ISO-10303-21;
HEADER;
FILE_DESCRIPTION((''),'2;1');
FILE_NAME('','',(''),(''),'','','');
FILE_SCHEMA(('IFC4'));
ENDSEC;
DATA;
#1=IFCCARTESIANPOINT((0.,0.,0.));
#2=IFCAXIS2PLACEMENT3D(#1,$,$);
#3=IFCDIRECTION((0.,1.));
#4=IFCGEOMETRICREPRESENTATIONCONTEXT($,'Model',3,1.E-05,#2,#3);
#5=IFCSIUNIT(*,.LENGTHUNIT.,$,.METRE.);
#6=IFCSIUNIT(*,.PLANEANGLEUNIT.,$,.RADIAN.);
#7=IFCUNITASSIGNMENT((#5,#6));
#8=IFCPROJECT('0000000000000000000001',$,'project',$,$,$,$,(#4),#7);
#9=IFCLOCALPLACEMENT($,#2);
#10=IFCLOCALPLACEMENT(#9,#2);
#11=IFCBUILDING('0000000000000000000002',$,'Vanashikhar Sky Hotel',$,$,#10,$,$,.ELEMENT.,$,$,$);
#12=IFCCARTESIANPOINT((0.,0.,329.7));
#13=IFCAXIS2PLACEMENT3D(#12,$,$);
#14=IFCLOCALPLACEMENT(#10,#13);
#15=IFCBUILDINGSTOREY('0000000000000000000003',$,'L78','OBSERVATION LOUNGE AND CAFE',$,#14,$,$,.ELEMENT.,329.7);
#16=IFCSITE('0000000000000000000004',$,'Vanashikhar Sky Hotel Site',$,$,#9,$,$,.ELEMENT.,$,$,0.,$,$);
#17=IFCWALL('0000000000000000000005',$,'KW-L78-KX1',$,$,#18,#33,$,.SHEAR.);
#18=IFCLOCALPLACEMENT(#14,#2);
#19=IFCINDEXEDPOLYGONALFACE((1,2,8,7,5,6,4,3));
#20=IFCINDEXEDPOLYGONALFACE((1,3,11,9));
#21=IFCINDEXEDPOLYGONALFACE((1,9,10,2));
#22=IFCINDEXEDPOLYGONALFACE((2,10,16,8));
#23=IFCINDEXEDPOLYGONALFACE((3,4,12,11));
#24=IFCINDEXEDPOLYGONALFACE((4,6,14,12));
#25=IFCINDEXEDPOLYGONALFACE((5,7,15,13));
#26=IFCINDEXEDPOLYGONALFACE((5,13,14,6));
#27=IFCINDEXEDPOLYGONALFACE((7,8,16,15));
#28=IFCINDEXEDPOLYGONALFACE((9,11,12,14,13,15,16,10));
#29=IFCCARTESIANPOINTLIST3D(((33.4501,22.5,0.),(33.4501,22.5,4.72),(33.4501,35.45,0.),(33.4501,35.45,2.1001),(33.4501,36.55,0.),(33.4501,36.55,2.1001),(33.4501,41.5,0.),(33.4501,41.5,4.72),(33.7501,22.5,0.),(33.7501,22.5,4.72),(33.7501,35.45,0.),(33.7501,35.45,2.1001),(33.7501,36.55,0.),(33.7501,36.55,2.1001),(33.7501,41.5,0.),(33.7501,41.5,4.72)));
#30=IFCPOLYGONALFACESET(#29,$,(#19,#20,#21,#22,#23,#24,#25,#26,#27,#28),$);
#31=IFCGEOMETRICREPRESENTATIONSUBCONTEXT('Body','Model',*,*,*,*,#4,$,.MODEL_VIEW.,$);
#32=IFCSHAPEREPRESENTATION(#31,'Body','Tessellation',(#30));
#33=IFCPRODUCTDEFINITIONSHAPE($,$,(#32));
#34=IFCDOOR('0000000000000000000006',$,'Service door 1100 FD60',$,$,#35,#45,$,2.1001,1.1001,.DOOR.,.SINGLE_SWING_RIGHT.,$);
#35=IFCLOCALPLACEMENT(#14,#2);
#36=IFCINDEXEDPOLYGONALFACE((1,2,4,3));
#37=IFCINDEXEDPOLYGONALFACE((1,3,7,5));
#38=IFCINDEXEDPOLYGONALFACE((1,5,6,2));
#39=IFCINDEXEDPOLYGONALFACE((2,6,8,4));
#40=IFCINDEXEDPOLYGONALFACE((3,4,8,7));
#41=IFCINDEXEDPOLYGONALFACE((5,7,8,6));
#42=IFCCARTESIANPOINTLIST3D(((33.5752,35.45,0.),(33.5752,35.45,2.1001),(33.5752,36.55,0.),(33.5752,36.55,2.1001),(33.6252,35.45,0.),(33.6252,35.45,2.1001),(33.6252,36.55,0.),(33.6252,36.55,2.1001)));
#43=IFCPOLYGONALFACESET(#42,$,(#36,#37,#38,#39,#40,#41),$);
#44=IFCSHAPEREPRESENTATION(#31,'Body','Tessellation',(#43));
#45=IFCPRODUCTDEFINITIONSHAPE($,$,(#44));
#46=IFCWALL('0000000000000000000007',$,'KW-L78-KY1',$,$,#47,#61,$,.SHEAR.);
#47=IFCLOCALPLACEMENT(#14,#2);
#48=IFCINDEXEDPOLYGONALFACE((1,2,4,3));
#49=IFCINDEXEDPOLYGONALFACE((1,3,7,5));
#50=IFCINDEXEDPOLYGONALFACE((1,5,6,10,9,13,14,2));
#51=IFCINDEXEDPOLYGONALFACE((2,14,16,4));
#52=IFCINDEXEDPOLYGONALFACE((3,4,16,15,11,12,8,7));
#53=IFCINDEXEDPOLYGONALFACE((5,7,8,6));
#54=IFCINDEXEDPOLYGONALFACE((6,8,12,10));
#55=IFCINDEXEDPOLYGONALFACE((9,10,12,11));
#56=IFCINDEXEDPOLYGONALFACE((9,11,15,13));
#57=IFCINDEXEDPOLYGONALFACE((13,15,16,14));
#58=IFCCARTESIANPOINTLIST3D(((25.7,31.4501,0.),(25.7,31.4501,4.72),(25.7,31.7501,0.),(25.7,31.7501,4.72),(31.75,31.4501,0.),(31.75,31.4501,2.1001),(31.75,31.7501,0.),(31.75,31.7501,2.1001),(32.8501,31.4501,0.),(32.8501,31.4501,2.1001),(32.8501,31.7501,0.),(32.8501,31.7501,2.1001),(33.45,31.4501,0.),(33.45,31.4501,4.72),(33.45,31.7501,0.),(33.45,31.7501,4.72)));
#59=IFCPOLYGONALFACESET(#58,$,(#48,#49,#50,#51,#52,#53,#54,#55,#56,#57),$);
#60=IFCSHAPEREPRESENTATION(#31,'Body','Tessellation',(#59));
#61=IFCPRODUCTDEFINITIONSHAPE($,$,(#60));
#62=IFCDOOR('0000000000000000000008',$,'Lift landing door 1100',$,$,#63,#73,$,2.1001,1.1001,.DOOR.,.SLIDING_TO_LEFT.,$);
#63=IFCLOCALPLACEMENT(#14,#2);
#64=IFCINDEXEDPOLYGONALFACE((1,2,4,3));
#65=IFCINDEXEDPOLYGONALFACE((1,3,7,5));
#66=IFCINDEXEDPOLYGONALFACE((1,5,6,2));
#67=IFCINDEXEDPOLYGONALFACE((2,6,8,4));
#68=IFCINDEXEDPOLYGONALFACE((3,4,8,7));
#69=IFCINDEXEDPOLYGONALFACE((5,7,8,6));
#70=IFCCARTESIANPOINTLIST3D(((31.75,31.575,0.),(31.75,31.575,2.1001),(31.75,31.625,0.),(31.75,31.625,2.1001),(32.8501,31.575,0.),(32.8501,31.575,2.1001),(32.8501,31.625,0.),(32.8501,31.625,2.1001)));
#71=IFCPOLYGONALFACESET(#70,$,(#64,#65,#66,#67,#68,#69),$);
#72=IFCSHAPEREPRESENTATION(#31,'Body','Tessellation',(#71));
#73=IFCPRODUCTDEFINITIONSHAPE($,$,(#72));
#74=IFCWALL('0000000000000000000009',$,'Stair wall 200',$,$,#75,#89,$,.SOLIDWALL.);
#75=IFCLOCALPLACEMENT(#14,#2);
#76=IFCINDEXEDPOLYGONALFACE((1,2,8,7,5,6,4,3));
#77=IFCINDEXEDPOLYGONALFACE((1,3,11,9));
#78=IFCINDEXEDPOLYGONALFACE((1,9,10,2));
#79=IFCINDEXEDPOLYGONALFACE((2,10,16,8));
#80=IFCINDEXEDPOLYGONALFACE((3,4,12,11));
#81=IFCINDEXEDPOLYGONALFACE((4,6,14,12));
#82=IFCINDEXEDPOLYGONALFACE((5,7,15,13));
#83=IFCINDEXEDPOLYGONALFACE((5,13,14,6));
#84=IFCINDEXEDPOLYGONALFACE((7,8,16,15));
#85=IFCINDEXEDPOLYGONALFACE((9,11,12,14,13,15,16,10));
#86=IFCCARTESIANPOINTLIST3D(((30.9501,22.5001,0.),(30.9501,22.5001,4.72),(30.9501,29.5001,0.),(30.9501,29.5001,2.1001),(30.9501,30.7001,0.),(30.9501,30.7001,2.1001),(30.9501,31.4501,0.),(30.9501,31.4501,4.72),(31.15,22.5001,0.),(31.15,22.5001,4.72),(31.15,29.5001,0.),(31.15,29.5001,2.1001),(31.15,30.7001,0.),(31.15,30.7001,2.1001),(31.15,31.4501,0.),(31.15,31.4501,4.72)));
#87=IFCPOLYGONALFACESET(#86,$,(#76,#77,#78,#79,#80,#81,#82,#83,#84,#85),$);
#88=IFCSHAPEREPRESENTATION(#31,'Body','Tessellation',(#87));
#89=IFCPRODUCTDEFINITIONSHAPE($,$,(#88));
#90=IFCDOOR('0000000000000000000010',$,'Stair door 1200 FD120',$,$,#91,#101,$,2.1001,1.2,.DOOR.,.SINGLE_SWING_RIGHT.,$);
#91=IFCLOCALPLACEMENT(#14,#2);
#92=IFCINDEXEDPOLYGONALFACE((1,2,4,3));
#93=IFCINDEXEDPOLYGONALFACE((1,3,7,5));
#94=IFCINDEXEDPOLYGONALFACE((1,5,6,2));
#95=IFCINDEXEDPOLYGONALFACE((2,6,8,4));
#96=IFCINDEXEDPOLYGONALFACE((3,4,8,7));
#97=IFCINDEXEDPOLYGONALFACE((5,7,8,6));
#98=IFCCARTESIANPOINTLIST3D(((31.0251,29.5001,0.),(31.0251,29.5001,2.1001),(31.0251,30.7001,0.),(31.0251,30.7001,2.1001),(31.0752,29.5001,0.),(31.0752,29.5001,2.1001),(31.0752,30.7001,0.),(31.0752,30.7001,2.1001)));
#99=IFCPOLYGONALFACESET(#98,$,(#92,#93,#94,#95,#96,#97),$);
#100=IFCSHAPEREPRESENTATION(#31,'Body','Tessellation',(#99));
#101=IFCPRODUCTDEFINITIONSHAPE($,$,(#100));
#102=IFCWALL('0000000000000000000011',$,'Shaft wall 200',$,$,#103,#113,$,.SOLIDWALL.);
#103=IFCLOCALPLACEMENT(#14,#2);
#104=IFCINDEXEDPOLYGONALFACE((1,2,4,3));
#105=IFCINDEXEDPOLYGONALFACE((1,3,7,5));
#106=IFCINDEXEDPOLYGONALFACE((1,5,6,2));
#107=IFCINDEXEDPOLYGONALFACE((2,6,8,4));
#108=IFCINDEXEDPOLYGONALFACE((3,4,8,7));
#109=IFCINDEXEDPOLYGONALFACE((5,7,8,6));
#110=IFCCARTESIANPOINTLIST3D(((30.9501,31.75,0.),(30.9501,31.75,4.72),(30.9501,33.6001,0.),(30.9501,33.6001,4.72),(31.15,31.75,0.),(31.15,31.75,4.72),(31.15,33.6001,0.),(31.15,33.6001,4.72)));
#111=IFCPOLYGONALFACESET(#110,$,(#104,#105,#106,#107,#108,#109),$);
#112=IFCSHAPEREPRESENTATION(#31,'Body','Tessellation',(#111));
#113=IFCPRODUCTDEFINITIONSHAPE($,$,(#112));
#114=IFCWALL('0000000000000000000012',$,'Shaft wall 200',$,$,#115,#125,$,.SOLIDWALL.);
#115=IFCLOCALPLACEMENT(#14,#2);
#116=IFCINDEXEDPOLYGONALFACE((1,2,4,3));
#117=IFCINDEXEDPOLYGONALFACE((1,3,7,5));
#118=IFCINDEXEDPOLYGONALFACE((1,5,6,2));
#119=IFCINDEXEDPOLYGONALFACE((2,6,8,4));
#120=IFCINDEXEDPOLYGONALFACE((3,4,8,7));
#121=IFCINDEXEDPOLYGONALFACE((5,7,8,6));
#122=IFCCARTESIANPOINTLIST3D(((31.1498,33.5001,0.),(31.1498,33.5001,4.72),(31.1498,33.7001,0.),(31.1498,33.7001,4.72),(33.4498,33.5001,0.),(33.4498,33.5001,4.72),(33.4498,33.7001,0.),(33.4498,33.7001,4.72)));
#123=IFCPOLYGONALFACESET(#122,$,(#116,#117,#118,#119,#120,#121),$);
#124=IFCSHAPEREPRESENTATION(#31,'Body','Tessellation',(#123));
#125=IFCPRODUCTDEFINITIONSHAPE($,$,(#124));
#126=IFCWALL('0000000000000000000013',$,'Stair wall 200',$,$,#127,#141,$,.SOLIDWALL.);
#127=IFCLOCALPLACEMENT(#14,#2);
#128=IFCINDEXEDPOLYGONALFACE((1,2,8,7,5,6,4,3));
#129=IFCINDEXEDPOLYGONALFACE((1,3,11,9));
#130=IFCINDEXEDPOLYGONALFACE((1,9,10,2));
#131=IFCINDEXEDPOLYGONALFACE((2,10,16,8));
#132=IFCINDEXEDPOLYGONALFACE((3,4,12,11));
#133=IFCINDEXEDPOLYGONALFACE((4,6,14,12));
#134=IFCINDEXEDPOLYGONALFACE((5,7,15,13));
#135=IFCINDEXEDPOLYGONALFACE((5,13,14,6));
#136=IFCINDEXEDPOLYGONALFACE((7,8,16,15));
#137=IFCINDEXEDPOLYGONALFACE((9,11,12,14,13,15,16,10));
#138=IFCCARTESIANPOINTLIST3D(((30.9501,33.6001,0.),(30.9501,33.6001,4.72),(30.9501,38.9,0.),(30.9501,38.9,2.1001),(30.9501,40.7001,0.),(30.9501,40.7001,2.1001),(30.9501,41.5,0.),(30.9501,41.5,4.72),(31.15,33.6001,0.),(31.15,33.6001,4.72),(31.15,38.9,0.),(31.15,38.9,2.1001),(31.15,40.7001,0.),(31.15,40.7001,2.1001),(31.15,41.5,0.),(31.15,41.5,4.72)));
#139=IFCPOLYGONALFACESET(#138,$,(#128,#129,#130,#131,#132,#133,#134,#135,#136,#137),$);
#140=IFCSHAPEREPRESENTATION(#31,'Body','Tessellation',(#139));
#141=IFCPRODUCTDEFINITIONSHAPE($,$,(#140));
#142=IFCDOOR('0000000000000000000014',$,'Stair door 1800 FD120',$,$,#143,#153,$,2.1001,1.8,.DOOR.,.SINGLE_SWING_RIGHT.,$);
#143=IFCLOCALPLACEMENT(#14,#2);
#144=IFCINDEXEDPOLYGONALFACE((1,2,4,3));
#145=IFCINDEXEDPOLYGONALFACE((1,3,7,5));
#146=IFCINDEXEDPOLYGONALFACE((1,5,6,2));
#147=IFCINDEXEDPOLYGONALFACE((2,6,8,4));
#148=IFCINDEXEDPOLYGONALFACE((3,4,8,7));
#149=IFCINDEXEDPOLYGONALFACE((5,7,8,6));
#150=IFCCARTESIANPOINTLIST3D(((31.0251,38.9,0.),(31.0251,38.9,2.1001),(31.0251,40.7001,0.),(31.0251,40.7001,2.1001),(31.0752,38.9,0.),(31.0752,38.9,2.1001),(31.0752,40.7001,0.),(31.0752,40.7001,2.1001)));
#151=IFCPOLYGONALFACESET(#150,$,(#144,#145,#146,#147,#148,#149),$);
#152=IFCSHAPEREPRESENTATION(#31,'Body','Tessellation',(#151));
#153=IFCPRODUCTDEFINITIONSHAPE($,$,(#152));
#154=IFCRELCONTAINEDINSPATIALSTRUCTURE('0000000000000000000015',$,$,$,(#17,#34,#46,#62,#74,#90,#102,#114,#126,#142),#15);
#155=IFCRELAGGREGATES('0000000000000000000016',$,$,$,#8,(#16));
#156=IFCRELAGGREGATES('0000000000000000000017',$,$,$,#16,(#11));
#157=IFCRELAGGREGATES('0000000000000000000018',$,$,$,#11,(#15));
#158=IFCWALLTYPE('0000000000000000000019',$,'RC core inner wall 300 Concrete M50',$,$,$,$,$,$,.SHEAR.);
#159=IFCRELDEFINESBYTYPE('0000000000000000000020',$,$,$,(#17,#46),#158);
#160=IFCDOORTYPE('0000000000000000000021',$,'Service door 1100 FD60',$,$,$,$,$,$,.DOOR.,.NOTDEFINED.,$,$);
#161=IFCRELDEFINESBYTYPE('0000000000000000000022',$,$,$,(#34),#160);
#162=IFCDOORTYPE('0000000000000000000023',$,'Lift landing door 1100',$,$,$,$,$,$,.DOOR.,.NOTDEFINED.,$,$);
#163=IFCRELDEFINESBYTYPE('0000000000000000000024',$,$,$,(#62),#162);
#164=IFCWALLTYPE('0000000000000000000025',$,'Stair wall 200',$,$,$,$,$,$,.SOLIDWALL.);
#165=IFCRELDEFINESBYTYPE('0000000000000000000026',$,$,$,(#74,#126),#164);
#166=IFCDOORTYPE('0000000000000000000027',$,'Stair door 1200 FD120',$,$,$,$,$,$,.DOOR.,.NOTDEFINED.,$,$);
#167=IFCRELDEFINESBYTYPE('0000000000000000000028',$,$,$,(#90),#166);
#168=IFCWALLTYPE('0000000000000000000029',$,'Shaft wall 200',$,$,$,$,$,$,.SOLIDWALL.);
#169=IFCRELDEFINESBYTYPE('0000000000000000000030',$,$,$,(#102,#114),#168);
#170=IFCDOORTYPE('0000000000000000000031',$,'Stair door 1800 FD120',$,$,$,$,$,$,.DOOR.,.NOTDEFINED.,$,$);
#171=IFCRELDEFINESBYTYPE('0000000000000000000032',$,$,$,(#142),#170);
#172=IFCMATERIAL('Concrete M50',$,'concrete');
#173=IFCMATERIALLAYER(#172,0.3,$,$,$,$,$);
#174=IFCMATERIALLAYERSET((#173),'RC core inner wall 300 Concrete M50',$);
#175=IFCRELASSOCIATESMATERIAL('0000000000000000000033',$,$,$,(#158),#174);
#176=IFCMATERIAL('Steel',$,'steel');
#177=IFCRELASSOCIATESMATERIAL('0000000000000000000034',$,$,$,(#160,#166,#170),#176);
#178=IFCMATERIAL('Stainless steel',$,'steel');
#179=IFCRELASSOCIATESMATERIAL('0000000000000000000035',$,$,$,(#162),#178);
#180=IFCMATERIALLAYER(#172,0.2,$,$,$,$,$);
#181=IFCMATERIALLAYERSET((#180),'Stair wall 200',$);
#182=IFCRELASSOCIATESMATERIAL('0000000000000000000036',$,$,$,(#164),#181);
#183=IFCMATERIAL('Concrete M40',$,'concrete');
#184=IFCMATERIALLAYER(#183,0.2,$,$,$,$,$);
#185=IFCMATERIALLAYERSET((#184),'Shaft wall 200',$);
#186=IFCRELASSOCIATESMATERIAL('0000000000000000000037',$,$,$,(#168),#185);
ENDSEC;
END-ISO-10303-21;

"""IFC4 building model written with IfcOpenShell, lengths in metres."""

from ifc_helpers import new_model, si_unit, direction, frame, frame_2d, origin, place, context, subcontext, project, spatial, rectangle, extrude, source, transform, mapped, material, layer, layer_set, type_object, element, fill, save


model = new_model("IFC4")

# Units and contexts
model_context = context("Model", 3, precision=1e-05, world=origin(), true_north=direction((0.0, 1.0)))
body_context = subcontext(model_context, "Body", "Model", "MODEL_VIEW")
ifc_project = project(units=[si_unit("LENGTHUNIT", "METRE"), si_unit("PLANEANGLEUNIT", "RADIAN")], contexts=[model_context])

# Site, building, storey
site_placement = place(None, origin())
site = spatial("IfcSite", under=ifc_project, at=site_placement, Name="Vanashikhar Sky Hotel Site", CompositionType="ELEMENT", RefElevation=0.0)
building_placement = place(site_placement, origin())
building = spatial("IfcBuilding", under=site, at=building_placement, Name="Vanashikhar Sky Hotel", CompositionType="ELEMENT")
storey_placement = place(building_placement, frame((0.0, 0.0, 329.7)))
storey = spatial("IfcBuildingStorey", under=building, at=storey_placement, Name="L78", Description="OBSERVATION LOUNGE AND CAFE", CompositionType="ELEMENT", Elevation=329.7)

# Shared definitions
ifc_material_1 = material(Name="Concrete M50", Category="concrete")

# Walls, openings, doors
ifc_layer_1 = layer(ifc_material_1, 0.3)
ifc_layer_set_1 = layer_set([ifc_layer_1], Name="RC core inner wall 300 Concrete M50")
wall_type_1 = type_object("IfcWallType", Name="RC core inner wall 300 Concrete M50", PredefinedType="SHEAR", material=ifc_layer_set_1)
shared_shape_1 = source(origin(), body_context, "Body", "SweptSolid", [
    extrude(rectangle(XDim=19.0, YDim=0.3, at=frame_2d((9.5, 0.0))), origin(), (0.0, 0.0, 1.0), 4.72),
])
wall_1_placement = place(storey_placement, frame((33.6001, 22.5, 0.0), z_axis=(0.0, 0.0, 1.0), x_axis=(0.0, 1.0, 0.0)))
wall_1 = element("IfcWall", 1, at=wall_1_placement, inside=storey, type_object=wall_type_1, Name="KW-L78-KX1", PredefinedType="SHEAR", context=body_context, shape_type="MappedRepresentation", body=[
    mapped(shared_shape_1, transform((0.0, 0.0, 0.0), scale=1.0)),
])
shared_shape_2 = source(origin(), body_context, "Body", "SweptSolid", [
    extrude(rectangle(XDim=1.1001, YDim=2.1001, at=frame_2d((0.55, 1.05))), frame((0.0, 0.1602, 0.0), z_axis=(0.0, -1.0, 0.0), x_axis=(1.0, 0.0, 0.0)), (0.0, 0.0, 1.0), 0.3201),
])
opening_1_placement = place(wall_1_placement, frame((12.95, 0.0, 0.0)))
opening_1 = element("IfcOpeningElement", 2, at=opening_1_placement, cuts=wall_1, PredefinedType="OPENING", context=body_context, shape_type="MappedRepresentation", body=[
    mapped(shared_shape_2, transform((0.0, 0.0, 0.0), scale=1.0)),
])
ifc_material_2 = material(Name="Steel", Category="steel")
door_type_1 = type_object("IfcDoorType", Name="Service door 1100 FD60", OperationType="NOTDEFINED", PredefinedType="DOOR", material=ifc_material_2)
shared_shape_3 = source(origin(), body_context, "Body", "SweptSolid", [
    extrude(rectangle(XDim=1.1001, YDim=2.1001, at=frame_2d((0.55, 1.05))), frame((0.0, 0.0249, 0.0), z_axis=(0.0, -1.0, 0.0), x_axis=(1.0, 0.0, 0.0)), (0.0, 0.0, 1.0), 0.05),
])
door_1_placement = place(opening_1_placement, origin())
door_1 = element("IfcDoor", 3, at=door_1_placement, inside=storey, type_object=door_type_1, Name="Service door 1100 FD60", OperationType="SINGLE_SWING_RIGHT", OverallHeight=2.1001, OverallWidth=1.1001, PredefinedType="DOOR", context=body_context, shape_type="MappedRepresentation", body=[
    mapped(shared_shape_3, transform((0.0, 0.0, 0.0), scale=1.0)),
])
fill(opening_1, door_1)
shared_shape_4 = source(origin(), body_context, "Body", "SweptSolid", [
    extrude(rectangle(XDim=7.75, YDim=0.3, at=frame_2d((3.875, 0.0))), origin(), (0.0, 0.0, 1.0), 4.72),
])
wall_2_placement = place(storey_placement, frame((25.7, 31.6001, 0.0), z_axis=(0.0, 0.0, 1.0), x_axis=(1.0, 0.0, 0.0)))
wall_2 = element("IfcWall", 4, at=wall_2_placement, inside=storey, type_object=wall_type_1, Name="KW-L78-KY1", PredefinedType="SHEAR", context=body_context, shape_type="MappedRepresentation", body=[
    mapped(shared_shape_4, transform((0.0, 0.0, 0.0), scale=1.0)),
])
opening_2_placement = place(wall_2_placement, frame((6.05, 0.0, 0.0)))
opening_2 = element("IfcOpeningElement", 5, at=opening_2_placement, cuts=wall_2, PredefinedType="OPENING", context=body_context, shape_type="MappedRepresentation", body=[
    mapped(shared_shape_2, transform((0.0, 0.0, 0.0), scale=1.0)),
])
ifc_material_3 = material(Name="Stainless steel", Category="steel")
door_type_2 = type_object("IfcDoorType", Name="Lift landing door 1100", OperationType="NOTDEFINED", PredefinedType="DOOR", material=ifc_material_3)
door_2_placement = place(opening_2_placement, origin())
door_2 = element("IfcDoor", 6, at=door_2_placement, inside=storey, type_object=door_type_2, Name="Lift landing door 1100", OperationType="SLIDING_TO_LEFT", OverallHeight=2.1001, OverallWidth=1.1001, PredefinedType="DOOR", context=body_context, shape_type="MappedRepresentation", body=[
    mapped(shared_shape_3, transform((0.0, 0.0, 0.0), scale=1.0)),
])
fill(opening_2, door_2)
ifc_layer_2 = layer(ifc_material_1, 0.2)
ifc_layer_set_2 = layer_set([ifc_layer_2], Name="Stair wall 200")
wall_type_2 = type_object("IfcWallType", Name="Stair wall 200", PredefinedType="SOLIDWALL", material=ifc_layer_set_2)
shared_shape_5 = source(origin(), body_context, "Body", "SweptSolid", [
    extrude(rectangle(XDim=8.95, YDim=0.2, at=frame_2d((4.4751, 0.0))), origin(), (0.0, 0.0, 1.0), 4.72),
])
wall_3_placement = place(storey_placement, frame((31.05, 22.5, 0.0), z_axis=(0.0, 0.0, 1.0), x_axis=(0.0, 1.0, 0.0)))
wall_3 = element("IfcWall", 7, at=wall_3_placement, inside=storey, type_object=wall_type_2, Name="Stair wall 200", PredefinedType="SOLIDWALL", context=body_context, shape_type="MappedRepresentation", body=[
    mapped(shared_shape_5, transform((0.0, 0.0, 0.0), scale=1.0)),
])
shared_shape_6 = source(origin(), body_context, "Body", "SweptSolid", [
    extrude(rectangle(XDim=1.2, YDim=2.1001, at=frame_2d((0.6001, 1.05))), frame((0.0, 0.1099, 0.0), z_axis=(0.0, -1.0, 0.0), x_axis=(1.0, 0.0, 0.0)), (0.0, 0.0, 1.0), 0.22),
])
opening_3_placement = place(wall_3_placement, frame((7.0, 0.0, 0.0)))
opening_3 = element("IfcOpeningElement", 8, at=opening_3_placement, cuts=wall_3, PredefinedType="OPENING", context=body_context, shape_type="MappedRepresentation", body=[
    mapped(shared_shape_6, transform((0.0, 0.0, 0.0), scale=1.0)),
])
door_type_3 = type_object("IfcDoorType", Name="Stair door 1200 FD120", OperationType="NOTDEFINED", PredefinedType="DOOR", material=ifc_material_2)
shared_shape_7 = source(origin(), body_context, "Body", "SweptSolid", [
    extrude(rectangle(XDim=1.2, YDim=2.1001, at=frame_2d((0.6001, 1.05))), frame((0.0, 0.0249, 0.0), z_axis=(0.0, -1.0, 0.0), x_axis=(1.0, 0.0, 0.0)), (0.0, 0.0, 1.0), 0.05),
])
door_3_placement = place(opening_3_placement, origin())
door_3 = element("IfcDoor", 9, at=door_3_placement, inside=storey, type_object=door_type_3, Name="Stair door 1200 FD120", OperationType="SINGLE_SWING_RIGHT", OverallHeight=2.1001, OverallWidth=1.2, PredefinedType="DOOR", context=body_context, shape_type="MappedRepresentation", body=[
    mapped(shared_shape_7, transform((0.0, 0.0, 0.0), scale=1.0)),
])
fill(opening_3, door_3)

# Walls
ifc_material_4 = material(Name="Concrete M40", Category="concrete")
ifc_layer_3 = layer(ifc_material_4, 0.2)
ifc_layer_set_3 = layer_set([ifc_layer_3], Name="Shaft wall 200")
wall_type_3 = type_object("IfcWallType", Name="Shaft wall 200", PredefinedType="SOLIDWALL", material=ifc_layer_set_3)
shared_shape_8 = source(origin(), body_context, "Body", "SweptSolid", [
    extrude(rectangle(XDim=1.8501, YDim=0.2, at=frame_2d((0.925, 0.0))), origin(), (0.0, 0.0, 1.0), 4.72),
])
wall_4_placement = place(storey_placement, frame((31.05, 31.75, 0.0), z_axis=(0.0, 0.0, 1.0), x_axis=(0.0, 1.0, 0.0)))
element("IfcWall", 10, at=wall_4_placement, inside=storey, type_object=wall_type_3, Name="Shaft wall 200", PredefinedType="SOLIDWALL", context=body_context, shape_type="MappedRepresentation", body=[
    mapped(shared_shape_8, transform((0.0, 0.0, 0.0), scale=1.0)),
])
shared_shape_9 = source(origin(), body_context, "Body", "SweptSolid", [
    extrude(rectangle(XDim=2.3, YDim=0.2, at=frame_2d((1.1499, 0.0))), origin(), (0.0, 0.0, 1.0), 4.72),
])
wall_5_placement = place(storey_placement, frame((31.1499, 33.6001, 0.0), z_axis=(0.0, 0.0, 1.0), x_axis=(1.0, 0.0, 0.0)))
element("IfcWall", 11, at=wall_5_placement, inside=storey, type_object=wall_type_3, Name="Shaft wall 200", PredefinedType="SOLIDWALL", context=body_context, shape_type="MappedRepresentation", body=[
    mapped(shared_shape_9, transform((0.0, 0.0, 0.0), scale=1.0)),
])

# Wall, opening, door
shared_shape_10 = source(origin(), body_context, "Body", "SweptSolid", [
    extrude(rectangle(XDim=7.8999, YDim=0.2, at=frame_2d((3.95, 0.0))), origin(), (0.0, 0.0, 1.0), 4.72),
])
wall_6_placement = place(storey_placement, frame((31.05, 33.6001, 0.0), z_axis=(0.0, 0.0, 1.0), x_axis=(0.0, 1.0, 0.0)))
wall_6 = element("IfcWall", 12, at=wall_6_placement, inside=storey, type_object=wall_type_2, Name="Stair wall 200", PredefinedType="SOLIDWALL", context=body_context, shape_type="MappedRepresentation", body=[
    mapped(shared_shape_10, transform((0.0, 0.0, 0.0), scale=1.0)),
])
shared_shape_11 = source(origin(), body_context, "Body", "SweptSolid", [
    extrude(rectangle(XDim=1.8, YDim=2.1001, at=frame_2d((0.8999, 1.05))), frame((0.0, 0.1099, 0.0), z_axis=(0.0, -1.0, 0.0), x_axis=(1.0, 0.0, 0.0)), (0.0, 0.0, 1.0), 0.22),
])
opening_4_placement = place(wall_6_placement, frame((5.3, 0.0, 0.0)))
opening_4 = element("IfcOpeningElement", 13, at=opening_4_placement, cuts=wall_6, PredefinedType="OPENING", context=body_context, shape_type="MappedRepresentation", body=[
    mapped(shared_shape_11, transform((0.0, 0.0, 0.0), scale=1.0)),
])
door_type_4 = type_object("IfcDoorType", Name="Stair door 1800 FD120", OperationType="NOTDEFINED", PredefinedType="DOOR", material=ifc_material_2)
shared_shape_12 = source(origin(), body_context, "Body", "SweptSolid", [
    extrude(rectangle(XDim=1.8, YDim=2.1001, at=frame_2d((0.8999, 1.05))), frame((0.0, 0.0249, 0.0), z_axis=(0.0, -1.0, 0.0), x_axis=(1.0, 0.0, 0.0)), (0.0, 0.0, 1.0), 0.05),
])
door_4_placement = place(opening_4_placement, origin())
door_4 = element("IfcDoor", 14, at=door_4_placement, inside=storey, type_object=door_type_4, Name="Stair door 1800 FD120", OperationType="SINGLE_SWING_RIGHT", OverallHeight=2.1001, OverallWidth=1.8, PredefinedType="DOOR", context=body_context, shape_type="MappedRepresentation", body=[
    mapped(shared_shape_12, transform((0.0, 0.0, 0.0), scale=1.0)),
])
fill(opening_4, door_4)

save(model, "model.ifc")
